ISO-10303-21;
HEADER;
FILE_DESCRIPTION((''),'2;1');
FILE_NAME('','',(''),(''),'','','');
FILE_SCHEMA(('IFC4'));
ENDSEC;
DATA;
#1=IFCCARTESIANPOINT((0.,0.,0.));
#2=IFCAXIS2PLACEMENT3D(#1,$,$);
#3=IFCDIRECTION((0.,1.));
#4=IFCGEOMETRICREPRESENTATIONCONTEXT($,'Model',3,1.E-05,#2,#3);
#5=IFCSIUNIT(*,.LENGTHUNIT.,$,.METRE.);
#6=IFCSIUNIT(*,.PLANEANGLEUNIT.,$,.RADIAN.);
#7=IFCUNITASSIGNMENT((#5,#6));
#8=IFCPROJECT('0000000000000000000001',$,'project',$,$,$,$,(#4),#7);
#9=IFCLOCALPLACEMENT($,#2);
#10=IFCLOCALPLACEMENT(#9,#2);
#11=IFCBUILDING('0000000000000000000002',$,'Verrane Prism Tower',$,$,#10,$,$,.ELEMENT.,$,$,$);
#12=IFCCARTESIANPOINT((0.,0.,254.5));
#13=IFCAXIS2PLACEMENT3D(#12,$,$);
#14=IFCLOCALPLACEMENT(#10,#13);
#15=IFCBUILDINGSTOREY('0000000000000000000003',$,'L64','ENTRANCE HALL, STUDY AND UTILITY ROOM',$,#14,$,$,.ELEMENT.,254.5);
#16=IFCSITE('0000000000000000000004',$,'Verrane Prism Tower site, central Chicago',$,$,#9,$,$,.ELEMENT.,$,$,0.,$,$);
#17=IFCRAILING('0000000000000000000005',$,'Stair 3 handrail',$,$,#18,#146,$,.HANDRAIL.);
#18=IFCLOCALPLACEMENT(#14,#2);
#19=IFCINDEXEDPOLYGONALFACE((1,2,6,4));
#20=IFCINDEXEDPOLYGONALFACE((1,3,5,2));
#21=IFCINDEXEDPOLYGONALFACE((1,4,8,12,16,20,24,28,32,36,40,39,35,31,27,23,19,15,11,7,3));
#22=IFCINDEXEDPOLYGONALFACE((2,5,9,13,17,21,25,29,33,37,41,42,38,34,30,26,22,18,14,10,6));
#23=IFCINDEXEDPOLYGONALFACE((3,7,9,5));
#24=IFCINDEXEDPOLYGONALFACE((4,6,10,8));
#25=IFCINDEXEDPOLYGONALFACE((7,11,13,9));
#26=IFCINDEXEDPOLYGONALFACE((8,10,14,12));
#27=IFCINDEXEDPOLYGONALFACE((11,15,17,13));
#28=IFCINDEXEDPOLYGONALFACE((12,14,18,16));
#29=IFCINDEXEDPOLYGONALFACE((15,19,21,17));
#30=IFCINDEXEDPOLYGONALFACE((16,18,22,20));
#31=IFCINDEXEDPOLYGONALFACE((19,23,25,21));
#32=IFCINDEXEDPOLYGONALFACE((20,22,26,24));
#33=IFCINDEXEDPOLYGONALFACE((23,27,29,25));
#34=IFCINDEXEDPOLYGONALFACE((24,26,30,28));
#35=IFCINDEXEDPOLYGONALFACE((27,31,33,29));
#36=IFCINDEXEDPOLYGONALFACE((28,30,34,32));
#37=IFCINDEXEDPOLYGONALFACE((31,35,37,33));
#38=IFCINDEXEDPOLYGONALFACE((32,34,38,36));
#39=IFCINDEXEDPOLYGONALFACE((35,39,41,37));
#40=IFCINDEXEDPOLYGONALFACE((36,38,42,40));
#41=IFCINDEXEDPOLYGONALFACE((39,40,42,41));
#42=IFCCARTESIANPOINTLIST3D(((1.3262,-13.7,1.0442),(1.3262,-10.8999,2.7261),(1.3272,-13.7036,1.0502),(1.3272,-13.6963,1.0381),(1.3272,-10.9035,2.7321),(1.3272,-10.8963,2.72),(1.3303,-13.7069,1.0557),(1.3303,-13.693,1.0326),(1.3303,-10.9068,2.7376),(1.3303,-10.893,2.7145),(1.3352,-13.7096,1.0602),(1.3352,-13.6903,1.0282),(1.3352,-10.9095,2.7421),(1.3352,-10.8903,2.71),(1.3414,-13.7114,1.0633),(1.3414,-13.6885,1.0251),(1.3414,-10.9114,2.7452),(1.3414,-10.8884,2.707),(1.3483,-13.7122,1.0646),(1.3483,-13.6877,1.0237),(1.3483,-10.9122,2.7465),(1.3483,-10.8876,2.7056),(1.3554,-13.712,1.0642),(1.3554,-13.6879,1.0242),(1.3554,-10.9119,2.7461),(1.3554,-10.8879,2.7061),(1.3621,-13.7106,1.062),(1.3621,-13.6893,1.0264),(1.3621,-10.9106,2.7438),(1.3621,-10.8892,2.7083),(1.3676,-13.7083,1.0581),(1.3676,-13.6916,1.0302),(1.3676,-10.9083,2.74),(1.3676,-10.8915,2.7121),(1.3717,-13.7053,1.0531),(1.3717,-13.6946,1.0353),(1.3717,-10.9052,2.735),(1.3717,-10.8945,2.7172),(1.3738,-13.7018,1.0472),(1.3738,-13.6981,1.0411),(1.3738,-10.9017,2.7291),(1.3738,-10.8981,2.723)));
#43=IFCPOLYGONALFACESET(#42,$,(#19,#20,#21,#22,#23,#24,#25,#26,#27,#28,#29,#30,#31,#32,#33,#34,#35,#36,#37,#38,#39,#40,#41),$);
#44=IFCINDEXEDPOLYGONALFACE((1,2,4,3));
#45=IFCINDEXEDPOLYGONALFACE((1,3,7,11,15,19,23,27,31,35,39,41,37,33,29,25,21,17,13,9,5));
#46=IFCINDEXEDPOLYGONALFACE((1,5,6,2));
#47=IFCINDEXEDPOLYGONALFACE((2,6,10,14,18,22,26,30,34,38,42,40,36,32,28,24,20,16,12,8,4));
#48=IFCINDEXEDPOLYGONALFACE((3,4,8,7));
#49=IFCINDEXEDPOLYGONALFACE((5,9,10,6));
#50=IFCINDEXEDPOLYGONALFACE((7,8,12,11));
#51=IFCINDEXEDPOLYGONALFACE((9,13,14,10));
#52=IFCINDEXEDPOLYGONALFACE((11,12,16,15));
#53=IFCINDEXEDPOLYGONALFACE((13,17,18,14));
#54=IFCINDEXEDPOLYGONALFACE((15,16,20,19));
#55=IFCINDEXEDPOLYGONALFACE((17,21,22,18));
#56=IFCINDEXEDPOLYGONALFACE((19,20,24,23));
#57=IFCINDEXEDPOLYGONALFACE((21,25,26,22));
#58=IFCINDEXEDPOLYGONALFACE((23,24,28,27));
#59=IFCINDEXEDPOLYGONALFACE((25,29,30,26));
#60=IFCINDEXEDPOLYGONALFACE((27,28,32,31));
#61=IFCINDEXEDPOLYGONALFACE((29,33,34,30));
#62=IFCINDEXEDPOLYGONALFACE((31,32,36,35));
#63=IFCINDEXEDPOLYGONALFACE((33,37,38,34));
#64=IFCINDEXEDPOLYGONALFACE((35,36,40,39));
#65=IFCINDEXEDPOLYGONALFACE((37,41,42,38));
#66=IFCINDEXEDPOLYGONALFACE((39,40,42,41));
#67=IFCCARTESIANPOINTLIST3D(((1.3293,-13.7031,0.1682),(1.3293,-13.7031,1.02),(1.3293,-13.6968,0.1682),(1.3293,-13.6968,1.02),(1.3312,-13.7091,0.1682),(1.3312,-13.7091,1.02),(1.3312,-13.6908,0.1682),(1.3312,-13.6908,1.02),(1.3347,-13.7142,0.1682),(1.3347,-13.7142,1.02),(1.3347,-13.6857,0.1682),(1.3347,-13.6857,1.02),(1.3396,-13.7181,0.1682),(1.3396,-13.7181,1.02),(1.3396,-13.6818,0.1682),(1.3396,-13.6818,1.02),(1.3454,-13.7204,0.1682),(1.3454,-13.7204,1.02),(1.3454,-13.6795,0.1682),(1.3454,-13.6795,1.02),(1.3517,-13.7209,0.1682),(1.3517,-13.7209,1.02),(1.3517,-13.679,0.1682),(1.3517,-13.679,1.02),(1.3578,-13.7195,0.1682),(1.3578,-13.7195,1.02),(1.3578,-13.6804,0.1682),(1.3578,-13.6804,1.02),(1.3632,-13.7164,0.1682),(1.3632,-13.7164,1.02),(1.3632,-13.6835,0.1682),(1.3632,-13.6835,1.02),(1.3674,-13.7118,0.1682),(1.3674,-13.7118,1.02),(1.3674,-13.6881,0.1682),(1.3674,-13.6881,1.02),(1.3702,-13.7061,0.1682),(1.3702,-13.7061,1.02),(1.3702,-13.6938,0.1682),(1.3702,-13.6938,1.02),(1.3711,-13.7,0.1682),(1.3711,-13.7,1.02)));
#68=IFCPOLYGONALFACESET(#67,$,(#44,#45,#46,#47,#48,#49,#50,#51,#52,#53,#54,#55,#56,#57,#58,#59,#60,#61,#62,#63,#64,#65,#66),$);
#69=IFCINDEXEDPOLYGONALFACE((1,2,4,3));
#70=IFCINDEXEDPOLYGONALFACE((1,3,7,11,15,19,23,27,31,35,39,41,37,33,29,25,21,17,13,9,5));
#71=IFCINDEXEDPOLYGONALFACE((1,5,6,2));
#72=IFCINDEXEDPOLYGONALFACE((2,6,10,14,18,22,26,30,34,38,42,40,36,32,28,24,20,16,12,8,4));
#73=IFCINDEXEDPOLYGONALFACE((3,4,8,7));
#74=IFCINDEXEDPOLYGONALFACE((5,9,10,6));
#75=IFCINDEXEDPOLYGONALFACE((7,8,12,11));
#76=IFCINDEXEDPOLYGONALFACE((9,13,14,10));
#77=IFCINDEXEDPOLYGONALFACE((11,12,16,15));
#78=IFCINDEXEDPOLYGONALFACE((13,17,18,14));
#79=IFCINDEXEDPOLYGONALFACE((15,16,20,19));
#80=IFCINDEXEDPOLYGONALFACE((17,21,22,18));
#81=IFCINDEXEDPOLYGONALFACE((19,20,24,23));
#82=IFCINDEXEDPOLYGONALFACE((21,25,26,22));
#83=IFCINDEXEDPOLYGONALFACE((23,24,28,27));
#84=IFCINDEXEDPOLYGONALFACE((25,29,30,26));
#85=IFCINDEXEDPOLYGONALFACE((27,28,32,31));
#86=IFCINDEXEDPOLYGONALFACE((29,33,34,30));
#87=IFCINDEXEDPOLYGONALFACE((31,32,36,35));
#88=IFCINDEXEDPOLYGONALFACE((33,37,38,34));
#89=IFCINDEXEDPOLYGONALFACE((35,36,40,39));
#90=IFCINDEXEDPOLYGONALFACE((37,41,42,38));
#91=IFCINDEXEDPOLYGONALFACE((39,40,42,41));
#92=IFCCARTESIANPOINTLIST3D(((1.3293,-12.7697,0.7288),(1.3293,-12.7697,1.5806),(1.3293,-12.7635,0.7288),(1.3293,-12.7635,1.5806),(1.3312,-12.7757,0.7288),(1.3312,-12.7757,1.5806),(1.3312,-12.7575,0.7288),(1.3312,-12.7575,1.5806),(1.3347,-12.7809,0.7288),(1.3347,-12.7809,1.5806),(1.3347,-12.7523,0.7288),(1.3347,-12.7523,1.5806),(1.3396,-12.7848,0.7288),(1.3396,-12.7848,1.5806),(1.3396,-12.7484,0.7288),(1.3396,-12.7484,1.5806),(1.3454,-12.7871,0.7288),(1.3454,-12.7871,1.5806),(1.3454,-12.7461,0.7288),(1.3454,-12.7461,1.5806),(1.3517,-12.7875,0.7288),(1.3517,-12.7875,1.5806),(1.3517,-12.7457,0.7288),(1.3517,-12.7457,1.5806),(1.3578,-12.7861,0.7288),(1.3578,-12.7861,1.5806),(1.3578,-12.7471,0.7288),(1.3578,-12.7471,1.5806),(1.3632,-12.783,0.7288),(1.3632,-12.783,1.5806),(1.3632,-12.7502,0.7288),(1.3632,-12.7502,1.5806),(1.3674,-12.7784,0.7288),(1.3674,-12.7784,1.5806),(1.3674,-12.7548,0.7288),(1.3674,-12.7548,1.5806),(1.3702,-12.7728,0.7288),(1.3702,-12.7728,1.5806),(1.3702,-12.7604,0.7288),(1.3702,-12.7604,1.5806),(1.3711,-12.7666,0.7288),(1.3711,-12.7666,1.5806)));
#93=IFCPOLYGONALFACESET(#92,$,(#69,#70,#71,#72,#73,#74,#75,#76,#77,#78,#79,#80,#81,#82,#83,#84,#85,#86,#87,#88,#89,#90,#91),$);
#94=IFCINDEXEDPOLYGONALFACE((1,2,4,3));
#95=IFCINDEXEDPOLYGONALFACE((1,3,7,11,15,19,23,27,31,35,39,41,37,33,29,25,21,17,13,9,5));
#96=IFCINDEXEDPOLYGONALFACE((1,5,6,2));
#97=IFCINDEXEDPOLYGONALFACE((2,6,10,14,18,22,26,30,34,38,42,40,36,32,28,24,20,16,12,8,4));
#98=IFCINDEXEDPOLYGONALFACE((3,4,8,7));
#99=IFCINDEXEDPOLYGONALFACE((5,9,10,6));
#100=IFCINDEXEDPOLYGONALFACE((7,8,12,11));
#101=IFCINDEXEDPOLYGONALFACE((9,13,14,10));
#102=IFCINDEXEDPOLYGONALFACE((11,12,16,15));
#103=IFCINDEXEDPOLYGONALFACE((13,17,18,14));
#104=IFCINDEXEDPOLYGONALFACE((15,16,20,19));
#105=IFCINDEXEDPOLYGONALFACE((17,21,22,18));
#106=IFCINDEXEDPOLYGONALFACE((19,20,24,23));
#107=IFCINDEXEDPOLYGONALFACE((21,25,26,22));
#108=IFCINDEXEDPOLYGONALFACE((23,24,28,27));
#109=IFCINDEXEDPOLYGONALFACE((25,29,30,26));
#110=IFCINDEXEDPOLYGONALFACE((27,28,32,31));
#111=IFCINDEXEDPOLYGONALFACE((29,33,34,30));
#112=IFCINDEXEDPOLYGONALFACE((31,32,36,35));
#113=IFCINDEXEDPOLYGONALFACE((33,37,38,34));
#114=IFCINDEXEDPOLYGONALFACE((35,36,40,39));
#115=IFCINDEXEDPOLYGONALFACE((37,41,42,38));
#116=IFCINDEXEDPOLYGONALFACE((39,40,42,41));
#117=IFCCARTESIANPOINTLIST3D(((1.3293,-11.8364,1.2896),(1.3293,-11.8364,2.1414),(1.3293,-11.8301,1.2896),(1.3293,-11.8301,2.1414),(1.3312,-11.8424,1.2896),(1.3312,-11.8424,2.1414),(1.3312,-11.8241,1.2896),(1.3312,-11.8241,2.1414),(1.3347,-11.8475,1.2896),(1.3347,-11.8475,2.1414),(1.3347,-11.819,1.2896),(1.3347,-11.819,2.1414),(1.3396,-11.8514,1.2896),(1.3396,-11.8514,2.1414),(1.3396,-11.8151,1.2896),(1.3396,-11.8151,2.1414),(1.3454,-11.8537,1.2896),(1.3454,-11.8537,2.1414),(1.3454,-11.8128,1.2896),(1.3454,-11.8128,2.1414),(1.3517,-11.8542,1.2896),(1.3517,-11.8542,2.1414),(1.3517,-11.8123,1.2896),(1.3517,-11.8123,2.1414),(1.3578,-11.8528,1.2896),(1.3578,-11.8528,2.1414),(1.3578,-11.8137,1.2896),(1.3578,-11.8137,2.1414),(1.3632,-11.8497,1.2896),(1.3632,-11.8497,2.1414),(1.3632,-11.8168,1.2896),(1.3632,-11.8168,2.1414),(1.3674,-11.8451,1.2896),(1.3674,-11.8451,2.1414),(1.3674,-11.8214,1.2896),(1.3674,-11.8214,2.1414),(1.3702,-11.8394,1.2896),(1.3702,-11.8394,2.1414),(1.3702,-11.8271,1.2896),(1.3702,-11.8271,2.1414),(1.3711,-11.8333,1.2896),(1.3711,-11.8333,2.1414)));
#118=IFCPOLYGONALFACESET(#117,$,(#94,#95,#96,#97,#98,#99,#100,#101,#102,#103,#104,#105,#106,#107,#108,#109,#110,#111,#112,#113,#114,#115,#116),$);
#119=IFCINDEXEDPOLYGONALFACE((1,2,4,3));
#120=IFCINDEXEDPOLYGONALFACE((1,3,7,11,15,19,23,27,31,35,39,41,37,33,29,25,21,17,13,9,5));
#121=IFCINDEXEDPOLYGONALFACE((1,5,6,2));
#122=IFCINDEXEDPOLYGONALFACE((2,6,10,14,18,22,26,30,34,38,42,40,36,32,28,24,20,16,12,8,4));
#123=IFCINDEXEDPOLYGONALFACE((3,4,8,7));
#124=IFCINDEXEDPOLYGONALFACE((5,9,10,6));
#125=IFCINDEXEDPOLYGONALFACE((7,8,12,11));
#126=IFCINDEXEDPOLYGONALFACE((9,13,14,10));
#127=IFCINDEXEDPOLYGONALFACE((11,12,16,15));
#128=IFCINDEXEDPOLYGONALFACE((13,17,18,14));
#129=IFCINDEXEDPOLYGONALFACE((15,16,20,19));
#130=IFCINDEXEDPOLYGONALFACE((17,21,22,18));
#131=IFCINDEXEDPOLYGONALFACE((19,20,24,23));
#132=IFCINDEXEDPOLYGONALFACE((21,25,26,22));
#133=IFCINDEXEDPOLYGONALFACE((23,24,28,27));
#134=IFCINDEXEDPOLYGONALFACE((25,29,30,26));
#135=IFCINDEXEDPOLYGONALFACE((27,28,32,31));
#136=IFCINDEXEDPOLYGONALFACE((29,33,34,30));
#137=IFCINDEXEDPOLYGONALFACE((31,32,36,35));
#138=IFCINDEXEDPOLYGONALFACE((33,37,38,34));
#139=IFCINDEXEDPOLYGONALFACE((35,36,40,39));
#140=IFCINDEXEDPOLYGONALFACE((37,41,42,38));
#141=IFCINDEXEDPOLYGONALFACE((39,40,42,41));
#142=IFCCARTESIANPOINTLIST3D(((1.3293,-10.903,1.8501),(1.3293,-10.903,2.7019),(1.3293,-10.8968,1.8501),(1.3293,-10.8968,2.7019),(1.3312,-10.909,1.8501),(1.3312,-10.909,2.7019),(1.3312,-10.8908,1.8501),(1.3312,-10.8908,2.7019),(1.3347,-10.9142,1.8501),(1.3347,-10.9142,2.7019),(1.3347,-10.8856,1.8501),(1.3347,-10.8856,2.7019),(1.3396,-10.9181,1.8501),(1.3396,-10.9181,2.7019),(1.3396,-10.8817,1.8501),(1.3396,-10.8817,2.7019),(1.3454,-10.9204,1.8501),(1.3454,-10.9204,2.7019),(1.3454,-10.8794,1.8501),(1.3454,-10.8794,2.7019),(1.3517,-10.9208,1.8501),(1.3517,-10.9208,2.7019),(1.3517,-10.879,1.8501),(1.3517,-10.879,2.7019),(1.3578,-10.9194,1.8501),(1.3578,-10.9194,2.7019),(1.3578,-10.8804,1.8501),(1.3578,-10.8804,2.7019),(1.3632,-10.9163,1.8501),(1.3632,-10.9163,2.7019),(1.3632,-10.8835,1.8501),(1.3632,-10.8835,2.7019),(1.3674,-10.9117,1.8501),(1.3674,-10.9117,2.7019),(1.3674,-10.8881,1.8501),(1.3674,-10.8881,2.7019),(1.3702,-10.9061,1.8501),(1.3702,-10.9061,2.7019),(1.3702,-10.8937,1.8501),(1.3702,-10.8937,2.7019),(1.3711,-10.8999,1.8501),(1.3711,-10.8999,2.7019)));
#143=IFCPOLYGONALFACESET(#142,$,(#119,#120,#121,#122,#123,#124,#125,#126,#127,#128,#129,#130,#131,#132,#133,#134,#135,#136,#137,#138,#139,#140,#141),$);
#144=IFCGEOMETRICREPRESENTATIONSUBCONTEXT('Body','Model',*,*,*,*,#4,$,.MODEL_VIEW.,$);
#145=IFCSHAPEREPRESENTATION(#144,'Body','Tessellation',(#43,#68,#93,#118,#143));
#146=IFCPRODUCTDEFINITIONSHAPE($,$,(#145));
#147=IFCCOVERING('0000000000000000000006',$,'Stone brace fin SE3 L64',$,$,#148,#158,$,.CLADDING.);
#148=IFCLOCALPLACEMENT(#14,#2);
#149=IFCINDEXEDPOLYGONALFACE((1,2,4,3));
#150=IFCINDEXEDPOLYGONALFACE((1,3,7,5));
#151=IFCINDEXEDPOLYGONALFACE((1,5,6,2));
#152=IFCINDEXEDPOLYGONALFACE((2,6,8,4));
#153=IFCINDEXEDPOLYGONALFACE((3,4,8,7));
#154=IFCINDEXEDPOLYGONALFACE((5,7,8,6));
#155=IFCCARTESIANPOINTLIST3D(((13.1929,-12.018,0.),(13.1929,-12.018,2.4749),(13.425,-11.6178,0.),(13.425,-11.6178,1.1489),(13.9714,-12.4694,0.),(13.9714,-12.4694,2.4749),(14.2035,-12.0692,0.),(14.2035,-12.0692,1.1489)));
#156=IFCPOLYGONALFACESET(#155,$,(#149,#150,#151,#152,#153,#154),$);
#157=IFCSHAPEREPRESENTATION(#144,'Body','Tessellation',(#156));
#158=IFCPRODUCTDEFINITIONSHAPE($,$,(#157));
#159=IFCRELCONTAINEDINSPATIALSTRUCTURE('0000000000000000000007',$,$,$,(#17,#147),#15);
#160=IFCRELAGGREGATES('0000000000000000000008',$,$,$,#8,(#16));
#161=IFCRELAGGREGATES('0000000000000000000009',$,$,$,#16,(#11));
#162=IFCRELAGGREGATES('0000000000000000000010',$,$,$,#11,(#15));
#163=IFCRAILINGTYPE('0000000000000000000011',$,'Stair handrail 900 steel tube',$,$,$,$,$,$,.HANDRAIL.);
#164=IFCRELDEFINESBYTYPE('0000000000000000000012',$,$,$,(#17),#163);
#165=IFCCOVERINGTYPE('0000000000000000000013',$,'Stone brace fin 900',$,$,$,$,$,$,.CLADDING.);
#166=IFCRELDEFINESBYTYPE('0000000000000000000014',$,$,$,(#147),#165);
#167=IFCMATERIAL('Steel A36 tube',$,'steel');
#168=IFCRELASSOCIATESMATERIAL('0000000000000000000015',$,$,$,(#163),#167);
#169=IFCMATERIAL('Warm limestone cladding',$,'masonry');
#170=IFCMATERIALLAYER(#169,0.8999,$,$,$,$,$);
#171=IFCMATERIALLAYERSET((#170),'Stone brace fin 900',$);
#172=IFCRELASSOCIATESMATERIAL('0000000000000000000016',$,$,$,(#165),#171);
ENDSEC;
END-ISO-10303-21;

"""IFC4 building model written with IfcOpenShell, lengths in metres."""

from ifc_helpers import new_model, si_unit, direction, frame, origin, origin_2d, place, context, subcontext, project, spatial, polyline, circle, outline, extrude, material, layer, layer_set, type_object, element, save


model = new_model("IFC4")

# Units and contexts
model_context = context("Model", 3, precision=1e-05, world=origin(), true_north=direction((0.0, 1.0)))
body_context = subcontext(model_context, "Body", "Model", "MODEL_VIEW")
ifc_project = project(units=[si_unit("LENGTHUNIT", "METRE"), si_unit("PLANEANGLEUNIT", "RADIAN")], contexts=[model_context])

# Site, building, storey
site_placement = place(None, origin())
site = spatial("IfcSite", under=ifc_project, at=site_placement, Name="Verrane Prism Tower site, central Chicago", CompositionType="ELEMENT", RefElevation=0.0)
building_placement = place(site_placement, origin())
building = spatial("IfcBuilding", under=site, at=building_placement, Name="Verrane Prism Tower", CompositionType="ELEMENT")
storey_placement = place(building_placement, frame((0.0, 0.0, 254.5)))
storey = spatial("IfcBuildingStorey", under=building, at=storey_placement, Name="L64", Description="ENTRANCE HALL, STUDY AND UTILITY ROOM", CompositionType="ELEMENT", Elevation=254.5)

# Railing
ifc_material_1 = material(Name="Steel A36 tube", Category="steel")
railing_type_1 = type_object("IfcRailingType", Name="Stair handrail 900 steel tube", PredefinedType="HANDRAIL", material=ifc_material_1)
railing_1_placement = place(storey_placement, frame((1.3501, -13.7, 0.1682)))
element("IfcRailing", 1, at=railing_1_placement, inside=storey, type_object=railing_type_1, Name="Stair 3 handrail", PredefinedType="HANDRAIL", context=body_context, shape_type="SweptSolid", body=[
    extrude(circle(Radius=0.0239, at=origin_2d()), frame((0.0, 0.0, 0.876), z_axis=(0.0, 0.857242, 0.514913), x_axis=(-1.0, 0.0, 0.0)), (0.0, 0.0, 1.0), 3.2664),
    extrude(circle(Radius=0.021, at=origin_2d()), origin(), (0.0, 0.0, 1.0), 0.8518),
    extrude(circle(Radius=0.021, at=origin_2d()), frame((0.0, 0.9333, 0.5605)), (0.0, 0.0, 1.0), 0.8518),
    extrude(circle(Radius=0.021, at=origin_2d()), frame((0.0, 1.8667, 1.1213)), (0.0, 0.0, 1.0), 0.8518),
    extrude(circle(Radius=0.021, at=origin_2d()), frame((0.0, 2.8, 1.6819)), (0.0, 0.0, 1.0), 0.8518),
])

# Covering
ifc_material_2 = material(Name="Warm limestone cladding", Category="masonry")
ifc_layer_1 = layer(ifc_material_2, 0.8999)
ifc_layer_set_1 = layer_set([ifc_layer_1], Name="Stone brace fin 900")
covering_type = type_object("IfcCoveringType", Name="Stone brace fin 900", PredefinedType="CLADDING", material=ifc_layer_set_1)
covering_placement = place(storey_placement, frame((13.8142, -11.8435, 0.0), z_axis=(0.0, 0.0, 1.0), x_axis=(-0.501639, -0.865077, 0.0)))
element("IfcCovering", 2, at=covering_placement, inside=storey, type_object=covering_type, Name="Stone brace fin SE3 L64", PredefinedType="CLADDING", context=body_context, shape_type="SweptSolid", body=[
    extrude(outline(polyline([(0.0, 0.0), (0.4626, 0.0), (0.4626, 2.4749), (0.0, 1.1489), (0.0, 0.0)])), frame((0.0, 0.45, 0.0), z_axis=(0.0, -1.0, 0.0), x_axis=(1.0, 0.0, 0.0)), (0.0, 0.0, 1.0), 0.8999),
])

save(model, "model.ifc")
